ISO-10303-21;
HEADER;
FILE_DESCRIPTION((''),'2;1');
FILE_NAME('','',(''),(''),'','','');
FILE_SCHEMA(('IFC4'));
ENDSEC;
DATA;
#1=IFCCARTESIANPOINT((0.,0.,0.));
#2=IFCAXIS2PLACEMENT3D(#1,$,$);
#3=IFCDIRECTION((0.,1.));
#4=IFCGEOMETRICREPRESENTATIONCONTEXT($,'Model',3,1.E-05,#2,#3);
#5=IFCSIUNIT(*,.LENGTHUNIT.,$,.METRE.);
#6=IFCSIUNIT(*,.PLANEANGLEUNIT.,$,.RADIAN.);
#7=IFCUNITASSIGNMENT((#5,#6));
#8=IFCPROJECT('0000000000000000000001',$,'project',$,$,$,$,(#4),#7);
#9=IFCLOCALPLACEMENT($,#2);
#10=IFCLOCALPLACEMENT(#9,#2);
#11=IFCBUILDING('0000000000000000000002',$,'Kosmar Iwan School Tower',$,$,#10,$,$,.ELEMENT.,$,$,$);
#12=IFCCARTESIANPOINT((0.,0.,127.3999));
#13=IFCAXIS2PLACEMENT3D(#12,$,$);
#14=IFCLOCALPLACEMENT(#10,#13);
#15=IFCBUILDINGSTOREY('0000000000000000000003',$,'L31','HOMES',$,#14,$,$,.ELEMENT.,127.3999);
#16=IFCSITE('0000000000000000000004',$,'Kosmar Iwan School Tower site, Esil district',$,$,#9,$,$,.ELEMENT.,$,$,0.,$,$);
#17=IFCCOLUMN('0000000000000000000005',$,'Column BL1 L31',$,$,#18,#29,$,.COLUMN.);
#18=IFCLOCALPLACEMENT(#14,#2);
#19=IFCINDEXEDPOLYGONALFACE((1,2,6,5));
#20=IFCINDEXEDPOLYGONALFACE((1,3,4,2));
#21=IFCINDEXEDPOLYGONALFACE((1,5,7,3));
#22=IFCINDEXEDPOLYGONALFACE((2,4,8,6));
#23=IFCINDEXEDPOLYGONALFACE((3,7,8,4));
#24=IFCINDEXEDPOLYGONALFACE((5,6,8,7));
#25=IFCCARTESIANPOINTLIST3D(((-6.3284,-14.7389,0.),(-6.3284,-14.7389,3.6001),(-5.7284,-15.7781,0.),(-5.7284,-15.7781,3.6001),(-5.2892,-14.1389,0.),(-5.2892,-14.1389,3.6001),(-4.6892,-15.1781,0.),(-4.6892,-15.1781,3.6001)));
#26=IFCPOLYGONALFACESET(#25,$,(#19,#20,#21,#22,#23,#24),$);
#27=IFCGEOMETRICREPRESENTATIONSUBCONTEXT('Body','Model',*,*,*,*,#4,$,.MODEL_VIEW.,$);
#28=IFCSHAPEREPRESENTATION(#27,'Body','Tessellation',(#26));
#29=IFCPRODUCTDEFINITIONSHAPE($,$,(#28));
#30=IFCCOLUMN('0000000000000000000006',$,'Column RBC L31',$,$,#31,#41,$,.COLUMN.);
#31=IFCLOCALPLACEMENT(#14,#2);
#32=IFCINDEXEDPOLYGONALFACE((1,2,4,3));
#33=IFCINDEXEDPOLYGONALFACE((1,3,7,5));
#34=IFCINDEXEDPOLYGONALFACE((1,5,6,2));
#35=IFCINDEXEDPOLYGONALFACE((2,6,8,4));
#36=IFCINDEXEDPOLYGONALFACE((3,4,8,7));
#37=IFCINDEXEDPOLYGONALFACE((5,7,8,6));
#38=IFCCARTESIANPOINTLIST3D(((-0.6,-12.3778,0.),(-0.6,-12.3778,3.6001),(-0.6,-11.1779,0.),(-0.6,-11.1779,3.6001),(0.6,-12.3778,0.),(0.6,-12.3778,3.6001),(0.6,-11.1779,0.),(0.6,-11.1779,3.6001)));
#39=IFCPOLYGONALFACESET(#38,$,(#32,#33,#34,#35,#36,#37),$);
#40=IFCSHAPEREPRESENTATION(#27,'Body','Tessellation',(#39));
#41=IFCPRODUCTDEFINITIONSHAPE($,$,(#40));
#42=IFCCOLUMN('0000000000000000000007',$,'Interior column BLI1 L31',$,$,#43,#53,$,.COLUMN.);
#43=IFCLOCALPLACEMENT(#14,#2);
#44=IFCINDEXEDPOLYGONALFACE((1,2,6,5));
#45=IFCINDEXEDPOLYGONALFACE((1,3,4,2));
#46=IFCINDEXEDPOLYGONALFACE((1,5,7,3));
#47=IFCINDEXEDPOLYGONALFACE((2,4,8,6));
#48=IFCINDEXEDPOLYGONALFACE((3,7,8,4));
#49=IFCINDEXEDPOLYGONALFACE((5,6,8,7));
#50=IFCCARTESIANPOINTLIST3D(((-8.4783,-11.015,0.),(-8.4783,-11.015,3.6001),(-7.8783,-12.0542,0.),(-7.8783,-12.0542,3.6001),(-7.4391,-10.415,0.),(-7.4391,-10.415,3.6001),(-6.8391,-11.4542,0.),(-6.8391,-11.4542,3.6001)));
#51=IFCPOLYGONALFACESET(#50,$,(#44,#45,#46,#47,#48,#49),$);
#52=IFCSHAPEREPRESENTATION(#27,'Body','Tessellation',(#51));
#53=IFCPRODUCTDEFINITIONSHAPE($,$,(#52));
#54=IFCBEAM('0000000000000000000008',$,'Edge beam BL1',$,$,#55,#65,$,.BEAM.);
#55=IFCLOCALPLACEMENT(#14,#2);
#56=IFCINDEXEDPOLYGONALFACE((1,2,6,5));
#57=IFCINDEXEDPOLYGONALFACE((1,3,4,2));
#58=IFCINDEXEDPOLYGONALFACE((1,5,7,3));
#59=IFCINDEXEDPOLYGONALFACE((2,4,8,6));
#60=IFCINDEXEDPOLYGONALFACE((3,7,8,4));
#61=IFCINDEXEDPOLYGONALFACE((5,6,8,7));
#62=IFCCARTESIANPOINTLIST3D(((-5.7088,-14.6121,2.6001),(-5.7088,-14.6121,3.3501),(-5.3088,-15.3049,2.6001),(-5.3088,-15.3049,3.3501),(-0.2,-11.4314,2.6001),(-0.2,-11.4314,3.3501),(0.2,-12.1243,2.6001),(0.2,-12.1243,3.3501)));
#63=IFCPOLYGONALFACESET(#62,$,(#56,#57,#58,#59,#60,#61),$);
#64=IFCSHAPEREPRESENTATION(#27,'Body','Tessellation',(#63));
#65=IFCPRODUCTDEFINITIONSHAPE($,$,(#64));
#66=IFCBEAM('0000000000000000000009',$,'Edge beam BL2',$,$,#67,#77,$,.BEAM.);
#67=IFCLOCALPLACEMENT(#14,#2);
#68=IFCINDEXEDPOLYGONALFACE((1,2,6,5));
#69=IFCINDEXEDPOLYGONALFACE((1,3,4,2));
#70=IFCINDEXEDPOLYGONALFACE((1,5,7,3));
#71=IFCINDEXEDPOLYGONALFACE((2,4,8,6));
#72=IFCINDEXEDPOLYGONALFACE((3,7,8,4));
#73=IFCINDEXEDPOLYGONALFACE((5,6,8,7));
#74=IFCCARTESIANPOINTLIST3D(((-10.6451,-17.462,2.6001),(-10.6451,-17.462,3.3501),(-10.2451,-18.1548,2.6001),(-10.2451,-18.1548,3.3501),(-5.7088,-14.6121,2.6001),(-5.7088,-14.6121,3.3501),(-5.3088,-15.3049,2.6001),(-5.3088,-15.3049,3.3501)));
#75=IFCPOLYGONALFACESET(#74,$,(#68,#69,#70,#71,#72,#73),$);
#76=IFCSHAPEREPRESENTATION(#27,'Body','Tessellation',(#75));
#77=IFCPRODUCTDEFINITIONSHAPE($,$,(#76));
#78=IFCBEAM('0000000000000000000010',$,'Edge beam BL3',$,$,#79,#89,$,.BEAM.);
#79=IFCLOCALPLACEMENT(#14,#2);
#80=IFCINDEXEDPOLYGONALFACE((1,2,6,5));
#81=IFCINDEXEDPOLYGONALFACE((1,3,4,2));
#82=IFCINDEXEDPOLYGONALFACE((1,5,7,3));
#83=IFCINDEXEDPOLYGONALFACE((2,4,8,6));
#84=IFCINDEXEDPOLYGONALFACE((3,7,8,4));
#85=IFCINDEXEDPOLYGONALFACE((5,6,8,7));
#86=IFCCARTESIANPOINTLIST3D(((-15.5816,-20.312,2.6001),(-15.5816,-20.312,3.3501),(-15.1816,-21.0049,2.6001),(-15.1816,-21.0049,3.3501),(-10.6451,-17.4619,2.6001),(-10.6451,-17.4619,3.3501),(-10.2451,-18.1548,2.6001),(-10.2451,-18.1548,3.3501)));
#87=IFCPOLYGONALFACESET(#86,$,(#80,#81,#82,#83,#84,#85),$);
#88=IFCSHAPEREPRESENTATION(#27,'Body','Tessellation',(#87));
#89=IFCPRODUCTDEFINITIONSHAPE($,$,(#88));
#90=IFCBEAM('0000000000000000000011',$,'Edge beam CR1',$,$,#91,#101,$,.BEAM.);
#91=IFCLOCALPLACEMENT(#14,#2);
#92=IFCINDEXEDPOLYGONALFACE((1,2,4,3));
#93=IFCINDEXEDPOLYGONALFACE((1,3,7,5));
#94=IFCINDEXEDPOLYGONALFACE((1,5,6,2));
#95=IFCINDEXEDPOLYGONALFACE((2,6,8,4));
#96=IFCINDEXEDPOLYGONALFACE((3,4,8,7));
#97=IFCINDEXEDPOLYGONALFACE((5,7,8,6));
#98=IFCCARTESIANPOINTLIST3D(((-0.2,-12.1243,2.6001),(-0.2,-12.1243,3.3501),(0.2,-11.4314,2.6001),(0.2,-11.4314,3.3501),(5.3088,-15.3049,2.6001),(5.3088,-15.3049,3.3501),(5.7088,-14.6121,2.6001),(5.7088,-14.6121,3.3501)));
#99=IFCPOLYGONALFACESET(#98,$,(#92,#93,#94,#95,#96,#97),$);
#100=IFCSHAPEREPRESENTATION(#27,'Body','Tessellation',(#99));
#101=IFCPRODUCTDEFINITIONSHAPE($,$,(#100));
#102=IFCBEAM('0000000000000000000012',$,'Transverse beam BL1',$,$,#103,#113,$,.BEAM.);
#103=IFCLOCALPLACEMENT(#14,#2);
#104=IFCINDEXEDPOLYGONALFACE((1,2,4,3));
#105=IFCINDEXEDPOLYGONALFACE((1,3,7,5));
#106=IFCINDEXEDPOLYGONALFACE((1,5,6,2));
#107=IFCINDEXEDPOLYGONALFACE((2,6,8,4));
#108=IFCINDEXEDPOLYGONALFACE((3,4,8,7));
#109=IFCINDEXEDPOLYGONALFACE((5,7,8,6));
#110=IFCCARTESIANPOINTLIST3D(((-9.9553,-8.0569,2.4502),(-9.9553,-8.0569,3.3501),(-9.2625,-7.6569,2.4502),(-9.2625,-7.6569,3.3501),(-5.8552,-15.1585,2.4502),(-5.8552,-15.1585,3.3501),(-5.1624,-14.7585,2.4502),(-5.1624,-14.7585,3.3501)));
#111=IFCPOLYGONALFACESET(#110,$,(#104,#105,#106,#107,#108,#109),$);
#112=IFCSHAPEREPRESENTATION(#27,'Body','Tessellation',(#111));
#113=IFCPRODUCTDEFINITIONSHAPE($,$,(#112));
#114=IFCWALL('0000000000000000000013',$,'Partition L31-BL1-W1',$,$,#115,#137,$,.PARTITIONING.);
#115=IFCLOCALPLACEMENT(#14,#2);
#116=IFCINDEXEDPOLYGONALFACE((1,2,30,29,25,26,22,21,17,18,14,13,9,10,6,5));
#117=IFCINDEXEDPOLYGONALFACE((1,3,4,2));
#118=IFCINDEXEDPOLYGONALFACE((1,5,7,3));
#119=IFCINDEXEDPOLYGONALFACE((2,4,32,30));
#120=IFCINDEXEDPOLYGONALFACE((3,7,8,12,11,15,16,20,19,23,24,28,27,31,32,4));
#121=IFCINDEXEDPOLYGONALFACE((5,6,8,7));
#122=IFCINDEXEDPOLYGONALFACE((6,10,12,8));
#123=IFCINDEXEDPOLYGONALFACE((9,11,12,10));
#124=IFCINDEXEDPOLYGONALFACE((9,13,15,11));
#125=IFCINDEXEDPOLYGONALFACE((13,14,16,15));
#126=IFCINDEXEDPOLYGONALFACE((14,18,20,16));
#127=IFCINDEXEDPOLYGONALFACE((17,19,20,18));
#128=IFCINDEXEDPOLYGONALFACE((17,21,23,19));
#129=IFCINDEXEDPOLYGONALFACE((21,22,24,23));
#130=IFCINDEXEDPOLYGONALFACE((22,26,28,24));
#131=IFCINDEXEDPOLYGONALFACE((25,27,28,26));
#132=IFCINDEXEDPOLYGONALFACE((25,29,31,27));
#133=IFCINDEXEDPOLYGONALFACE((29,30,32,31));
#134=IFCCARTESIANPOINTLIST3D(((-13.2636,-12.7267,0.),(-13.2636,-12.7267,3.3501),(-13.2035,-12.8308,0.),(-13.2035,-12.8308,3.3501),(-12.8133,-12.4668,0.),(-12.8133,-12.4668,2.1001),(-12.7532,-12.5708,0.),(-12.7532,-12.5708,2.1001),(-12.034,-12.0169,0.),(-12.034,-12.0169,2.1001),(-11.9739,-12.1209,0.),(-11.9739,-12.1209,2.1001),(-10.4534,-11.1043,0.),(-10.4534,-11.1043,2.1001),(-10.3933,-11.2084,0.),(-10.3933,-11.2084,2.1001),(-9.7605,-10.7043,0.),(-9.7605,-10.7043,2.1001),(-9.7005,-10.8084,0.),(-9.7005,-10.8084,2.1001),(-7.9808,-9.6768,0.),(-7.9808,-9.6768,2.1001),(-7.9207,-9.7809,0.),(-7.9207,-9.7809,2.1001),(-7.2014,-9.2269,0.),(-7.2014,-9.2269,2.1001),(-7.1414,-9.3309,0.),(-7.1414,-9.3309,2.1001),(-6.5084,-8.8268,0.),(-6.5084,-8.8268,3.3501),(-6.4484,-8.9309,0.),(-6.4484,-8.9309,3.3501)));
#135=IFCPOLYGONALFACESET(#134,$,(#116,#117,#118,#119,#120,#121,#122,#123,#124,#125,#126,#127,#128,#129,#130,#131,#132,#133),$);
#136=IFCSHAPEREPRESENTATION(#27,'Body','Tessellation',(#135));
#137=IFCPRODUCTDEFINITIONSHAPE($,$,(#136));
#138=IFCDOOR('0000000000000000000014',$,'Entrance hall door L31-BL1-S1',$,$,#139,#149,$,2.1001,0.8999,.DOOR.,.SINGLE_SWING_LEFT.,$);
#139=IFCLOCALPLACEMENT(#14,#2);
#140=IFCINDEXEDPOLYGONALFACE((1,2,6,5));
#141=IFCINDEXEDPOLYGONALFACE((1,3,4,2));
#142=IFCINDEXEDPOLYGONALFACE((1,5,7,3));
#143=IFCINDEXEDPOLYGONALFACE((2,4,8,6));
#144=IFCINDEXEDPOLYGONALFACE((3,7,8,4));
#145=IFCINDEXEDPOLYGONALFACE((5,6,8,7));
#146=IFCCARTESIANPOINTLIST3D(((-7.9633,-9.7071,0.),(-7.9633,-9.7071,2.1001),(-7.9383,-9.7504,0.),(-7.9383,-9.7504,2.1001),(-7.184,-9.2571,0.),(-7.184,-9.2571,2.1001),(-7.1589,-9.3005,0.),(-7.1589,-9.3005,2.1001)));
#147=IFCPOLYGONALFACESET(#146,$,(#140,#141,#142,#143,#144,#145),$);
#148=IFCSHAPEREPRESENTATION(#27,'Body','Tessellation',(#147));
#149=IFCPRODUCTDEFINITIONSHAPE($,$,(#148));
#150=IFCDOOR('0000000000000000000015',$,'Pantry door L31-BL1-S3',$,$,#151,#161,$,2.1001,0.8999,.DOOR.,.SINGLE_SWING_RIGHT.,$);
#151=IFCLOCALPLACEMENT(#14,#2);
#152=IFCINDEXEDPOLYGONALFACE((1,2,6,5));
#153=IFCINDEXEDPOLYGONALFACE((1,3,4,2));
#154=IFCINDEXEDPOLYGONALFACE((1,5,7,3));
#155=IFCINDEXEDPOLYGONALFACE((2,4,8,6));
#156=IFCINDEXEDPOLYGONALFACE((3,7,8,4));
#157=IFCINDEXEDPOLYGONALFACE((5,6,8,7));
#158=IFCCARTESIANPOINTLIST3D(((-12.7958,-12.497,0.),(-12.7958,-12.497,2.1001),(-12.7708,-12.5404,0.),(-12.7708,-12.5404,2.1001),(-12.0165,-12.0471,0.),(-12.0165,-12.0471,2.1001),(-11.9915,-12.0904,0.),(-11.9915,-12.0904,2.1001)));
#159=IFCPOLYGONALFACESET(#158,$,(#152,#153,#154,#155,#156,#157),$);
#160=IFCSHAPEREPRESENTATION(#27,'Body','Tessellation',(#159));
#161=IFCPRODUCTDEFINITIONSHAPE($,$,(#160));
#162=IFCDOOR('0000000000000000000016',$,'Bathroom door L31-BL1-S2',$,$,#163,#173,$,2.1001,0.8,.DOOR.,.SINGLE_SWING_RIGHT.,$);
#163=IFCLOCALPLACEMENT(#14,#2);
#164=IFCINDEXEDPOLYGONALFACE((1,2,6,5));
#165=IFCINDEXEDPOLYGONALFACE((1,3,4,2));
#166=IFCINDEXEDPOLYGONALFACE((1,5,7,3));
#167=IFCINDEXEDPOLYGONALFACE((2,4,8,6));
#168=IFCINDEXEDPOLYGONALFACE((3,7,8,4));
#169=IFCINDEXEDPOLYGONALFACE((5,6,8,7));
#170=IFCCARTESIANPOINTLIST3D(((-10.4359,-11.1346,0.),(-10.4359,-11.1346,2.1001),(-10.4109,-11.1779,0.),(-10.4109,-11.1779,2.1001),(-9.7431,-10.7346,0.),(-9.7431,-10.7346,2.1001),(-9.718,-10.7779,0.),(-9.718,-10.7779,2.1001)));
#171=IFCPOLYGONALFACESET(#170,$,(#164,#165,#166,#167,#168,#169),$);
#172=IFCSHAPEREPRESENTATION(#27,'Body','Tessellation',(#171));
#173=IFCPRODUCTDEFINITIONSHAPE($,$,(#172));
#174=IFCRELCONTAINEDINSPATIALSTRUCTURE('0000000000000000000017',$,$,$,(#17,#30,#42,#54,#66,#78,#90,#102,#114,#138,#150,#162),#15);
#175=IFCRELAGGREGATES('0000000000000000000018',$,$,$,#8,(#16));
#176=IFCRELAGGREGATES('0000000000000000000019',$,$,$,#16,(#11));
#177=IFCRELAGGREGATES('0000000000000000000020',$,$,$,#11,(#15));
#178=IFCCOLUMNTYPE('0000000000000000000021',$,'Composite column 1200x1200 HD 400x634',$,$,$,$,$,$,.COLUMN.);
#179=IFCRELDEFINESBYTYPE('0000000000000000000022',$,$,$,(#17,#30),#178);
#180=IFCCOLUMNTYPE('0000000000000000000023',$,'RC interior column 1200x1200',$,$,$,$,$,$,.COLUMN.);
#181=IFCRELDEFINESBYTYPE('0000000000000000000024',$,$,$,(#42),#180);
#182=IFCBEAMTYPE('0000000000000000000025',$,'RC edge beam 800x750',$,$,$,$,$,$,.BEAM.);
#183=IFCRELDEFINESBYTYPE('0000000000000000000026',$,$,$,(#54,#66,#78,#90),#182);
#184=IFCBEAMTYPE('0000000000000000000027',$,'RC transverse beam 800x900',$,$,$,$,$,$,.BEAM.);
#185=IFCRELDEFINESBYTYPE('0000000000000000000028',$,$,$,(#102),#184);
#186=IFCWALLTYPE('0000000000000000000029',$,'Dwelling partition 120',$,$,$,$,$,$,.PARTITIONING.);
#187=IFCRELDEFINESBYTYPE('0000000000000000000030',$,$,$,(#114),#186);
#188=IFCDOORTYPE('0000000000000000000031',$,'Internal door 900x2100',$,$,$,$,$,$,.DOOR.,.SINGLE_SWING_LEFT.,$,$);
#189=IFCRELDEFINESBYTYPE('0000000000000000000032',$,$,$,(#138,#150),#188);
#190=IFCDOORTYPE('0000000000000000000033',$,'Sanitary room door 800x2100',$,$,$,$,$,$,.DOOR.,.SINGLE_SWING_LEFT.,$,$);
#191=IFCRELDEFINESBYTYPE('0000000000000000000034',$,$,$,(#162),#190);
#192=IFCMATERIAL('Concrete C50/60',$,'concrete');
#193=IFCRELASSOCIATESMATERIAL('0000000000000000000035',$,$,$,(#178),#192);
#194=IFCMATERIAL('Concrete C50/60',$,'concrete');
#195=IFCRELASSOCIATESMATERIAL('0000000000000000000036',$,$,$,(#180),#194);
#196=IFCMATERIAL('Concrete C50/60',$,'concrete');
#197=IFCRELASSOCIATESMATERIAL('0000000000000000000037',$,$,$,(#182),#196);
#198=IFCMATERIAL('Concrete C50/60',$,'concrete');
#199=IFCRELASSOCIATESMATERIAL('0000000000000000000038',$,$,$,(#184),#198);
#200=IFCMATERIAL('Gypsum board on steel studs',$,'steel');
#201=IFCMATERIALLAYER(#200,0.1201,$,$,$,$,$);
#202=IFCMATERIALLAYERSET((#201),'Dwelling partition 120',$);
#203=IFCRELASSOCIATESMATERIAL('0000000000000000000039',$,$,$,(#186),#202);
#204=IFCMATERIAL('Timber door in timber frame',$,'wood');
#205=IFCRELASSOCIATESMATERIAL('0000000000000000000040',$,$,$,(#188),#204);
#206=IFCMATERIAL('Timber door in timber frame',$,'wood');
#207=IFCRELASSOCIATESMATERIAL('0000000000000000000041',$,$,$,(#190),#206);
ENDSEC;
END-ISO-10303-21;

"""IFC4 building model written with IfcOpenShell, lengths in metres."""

from ifc_helpers import new_model, si_unit, direction, frame, frame_2d, origin, origin_2d, place, context, subcontext, project, spatial, rectangle, extrude, material, layer, layer_set, material_profile, profile_set, type_object, element, fill, save


model = new_model("IFC4")

# Units and contexts
model_context = context("Model", 3, precision=1e-05, world=origin(), true_north=direction((0.0, 1.0)))
body_context = subcontext(model_context, "Body", "Model", "MODEL_VIEW")
ifc_project = project(units=[si_unit("LENGTHUNIT", "METRE"), si_unit("PLANEANGLEUNIT", "RADIAN")], contexts=[model_context])

# Site, building, storey
site_placement = place(None, origin())
site = spatial("IfcSite", under=ifc_project, at=site_placement, Name="Kosmar Iwan School Tower site, Esil district", CompositionType="ELEMENT", RefElevation=0.0)
building_placement = place(site_placement, origin())
building = spatial("IfcBuilding", under=site, at=building_placement, Name="Kosmar Iwan School Tower", CompositionType="ELEMENT")
storey_placement = place(building_placement, frame((0.0, 0.0, 127.3999)))
storey = spatial("IfcBuildingStorey", under=building, at=storey_placement, Name="L31", Description="HOMES", CompositionType="ELEMENT", Elevation=127.3999)

# Columns
ifc_material_1 = material(Name="Concrete C50/60", Category="concrete")
ifc_material_profile_1 = material_profile(ifc_material_1, rectangle(XDim=1.2, YDim=1.2, at=origin_2d()), Name="RC 1200x1200 + HD 400x634")
ifc_profile_set_1 = profile_set([ifc_material_profile_1], Name="Concrete C50/60")
column_type_1 = type_object("IfcColumnType", Name="Composite column 1200x1200 HD 400x634", PredefinedType="COLUMN", material=ifc_profile_set_1)
for number, where, z_axis, x_axis, name in (
    (1, (-5.5088, -14.9585, 0.0), (0.0, 0.0, 1.0), (-0.866025, -0.5, 0.0), "Column BL1 L31"),
    (2, (0.0, -11.7778, 0.0), (0.0, 0.0, 1.0), (1.0, 0.0, 0.0), "Column RBC L31"),
):
    element("IfcColumn", number, at=place(storey_placement, frame(where, z_axis=z_axis, x_axis=x_axis)), inside=storey, type_object=column_type_1, Name=name, PredefinedType="COLUMN", context=body_context, shape_type="SweptSolid", body=[
        extrude(rectangle(XDim=1.2, YDim=1.2, at=origin_2d()), origin(), (0.0, 0.0, 1.0), 3.6001),
    ])
ifc_material_2 = material(Name="Concrete C50/60", Category="concrete")
ifc_material_profile_2 = material_profile(ifc_material_2, rectangle(XDim=1.2, YDim=1.2, at=origin_2d()), Name="RC 1200x1200")
ifc_profile_set_2 = profile_set([ifc_material_profile_2], Name="Concrete C50/60")
column_type_2 = type_object("IfcColumnType", Name="RC interior column 1200x1200", PredefinedType="COLUMN", material=ifc_profile_set_2)
column_placement = place(storey_placement, frame((-7.6587, -11.2346, 0.0), z_axis=(0.0, 0.0, 1.0), x_axis=(-0.866025, -0.5, 0.0)))
element("IfcColumn", 3, at=column_placement, inside=storey, type_object=column_type_2, Name="Interior column BLI1 L31", PredefinedType="COLUMN", context=body_context, shape_type="SweptSolid", body=[
    extrude(rectangle(XDim=1.2, YDim=1.2, at=origin_2d()), origin(), (0.0, 0.0, 1.0), 3.6001),
])

# Beams
ifc_material_3 = material(Name="Concrete C50/60", Category="concrete")
ifc_material_profile_3 = material_profile(ifc_material_3, rectangle(XDim=0.8, YDim=0.75, at=origin_2d()), Name="RC 800x750")
ifc_profile_set_3 = profile_set([ifc_material_profile_3], Name="Concrete C50/60")
beam_type_1 = type_object("IfcBeamType", Name="RC edge beam 800x750", PredefinedType="BEAM", material=ifc_profile_set_3)
beam_1_placement = place(storey_placement, frame((0.0, -11.7778, 2.9751), z_axis=(-0.866014, -0.500019, 0.0), x_axis=(0.500019, -0.866014, 0.0)))
element("IfcBeam", 4, at=beam_1_placement, inside=storey, type_object=beam_type_1, Name="Edge beam BL1", PredefinedType="BEAM", context=body_context, shape_type="SweptSolid", body=[
    extrude(rectangle(XDim=0.8, YDim=0.75, at=origin_2d()), origin(), (0.0, 0.0, 1.0), 6.3611),
])
beam_2_placement = place(storey_placement, frame((-5.5088, -14.9585, 2.9751), z_axis=(-0.866034, -0.499986, 0.0), x_axis=(0.499986, -0.866034, 0.0)))
element("IfcBeam", 5, at=beam_2_placement, inside=storey, type_object=beam_type_1, Name="Edge beam BL2", PredefinedType="BEAM", context=body_context, shape_type="SweptSolid", body=[
    extrude(rectangle(XDim=0.8, YDim=0.75, at=origin_2d()), origin(), (0.0, 0.0, 1.0), 5.7),
])
beam_3_placement = place(storey_placement, frame((-10.4451, -17.8083, 2.9751), z_axis=(-0.866026, -0.499999, 0.0), x_axis=(0.499999, -0.866026, 0.0)))
element("IfcBeam", 6, at=beam_3_placement, inside=storey, type_object=beam_type_1, Name="Edge beam BL3", PredefinedType="BEAM", context=body_context, shape_type="SweptSolid", body=[
    extrude(rectangle(XDim=0.8, YDim=0.75, at=origin_2d()), origin(), (0.0, 0.0, 1.0), 5.7002),
])
beam_4_placement = place(storey_placement, frame((0.0, -11.7778, 2.9751), z_axis=(0.866014, -0.500019, 0.0), x_axis=(0.500019, 0.866014, 0.0)))
element("IfcBeam", 7, at=beam_4_placement, inside=storey, type_object=beam_type_1, Name="Edge beam CR1", PredefinedType="BEAM", context=body_context, shape_type="SweptSolid", body=[
    extrude(rectangle(XDim=0.8, YDim=0.75, at=origin_2d()), origin(), (0.0, 0.0, 1.0), 6.3611),
])
ifc_material_4 = material(Name="Concrete C50/60", Category="concrete")
ifc_material_profile_4 = material_profile(ifc_material_4, rectangle(XDim=0.8, YDim=0.8999, at=origin_2d()), Name="RC 800x900")
ifc_profile_set_4 = profile_set([ifc_material_profile_4], Name="Concrete C50/60")
beam_type_2 = type_object("IfcBeamType", Name="RC transverse beam 800x900", PredefinedType="BEAM", material=ifc_profile_set_4)
beam_5_placement = place(storey_placement, frame((-5.5088, -14.9585, 2.9001), z_axis=(-0.500001, 0.866025, 0.0), x_axis=(-0.866025, -0.500001, 0.0)))
element("IfcBeam", 8, at=beam_5_placement, inside=storey, type_object=beam_type_2, Name="Transverse beam BL1", PredefinedType="BEAM", context=body_context, shape_type="SweptSolid", body=[
    extrude(rectangle(XDim=0.8, YDim=0.8999, at=origin_2d()), origin(), (0.0, 0.0, 1.0), 8.2002),
])

# Wall, openings, doors
ifc_material_5 = material(Name="Gypsum board on steel studs", Category="steel")
ifc_layer_1 = layer(ifc_material_5, 0.1201)
ifc_layer_set_1 = layer_set([ifc_layer_1], Name="Dwelling partition 120")
wall_type_1 = type_object("IfcWallType", Name="Dwelling partition 120", PredefinedType="PARTITIONING", material=ifc_layer_set_1)
wall_1_placement = place(storey_placement, frame((-6.4785, -8.8789, 0.0), z_axis=(0.0, 0.0, 1.0), x_axis=(-0.866035, -0.499983, 0.0)))
wall_1 = element("IfcWall", 9, at=wall_1_placement, inside=storey, type_object=wall_type_1, Name="Partition L31-BL1-W1", PredefinedType="PARTITIONING", context=body_context, shape_type="SweptSolid", body=[
    extrude(rectangle(XDim=7.8, YDim=0.1201, at=frame_2d((3.8999, 0.0))), origin(), (0.0, 0.0, 1.0), 3.3501),
])
opening_1_placement = place(wall_1_placement, frame((0.8, 0.0, 0.0)))
opening_1 = element("IfcOpeningElement", 10, at=opening_1_placement, cuts=wall_1, PredefinedType="OPENING", context=body_context, shape_type="SweptSolid", body=[
    extrude(rectangle(XDim=0.8999, YDim=2.1001, at=frame_2d((0.45, 1.05))), frame((0.0, 0.072, 0.0), z_axis=(0.0, -1.0, 0.0), x_axis=(1.0, 0.0, 0.0)), (0.0, 0.0, 1.0), 0.144),
])
opening_2_placement = place(wall_1_placement, frame((3.7551, 0.0, 0.0)))
opening_2 = element("IfcOpeningElement", 11, at=opening_2_placement, cuts=wall_1, PredefinedType="OPENING", context=body_context, shape_type="SweptSolid", body=[
    extrude(rectangle(XDim=0.8, YDim=2.1001, at=frame_2d((0.3999, 1.05))), frame((0.0, 0.072, 0.0), z_axis=(0.0, -1.0, 0.0), x_axis=(1.0, 0.0, 0.0)), (0.0, 0.0, 1.0), 0.144),
])
opening_3_placement = place(wall_1_placement, frame((6.3801, 0.0, 0.0)))
opening_3 = element("IfcOpeningElement", 12, at=opening_3_placement, cuts=wall_1, PredefinedType="OPENING", context=body_context, shape_type="SweptSolid", body=[
    extrude(rectangle(XDim=0.8999, YDim=2.1001, at=frame_2d((0.45, 1.05))), frame((0.0, 0.072, 0.0), z_axis=(0.0, -1.0, 0.0), x_axis=(1.0, 0.0, 0.0)), (0.0, 0.0, 1.0), 0.144),
])
ifc_material_6 = material(Name="Timber door in timber frame", Category="wood")
door_type_1 = type_object("IfcDoorType", Name="Internal door 900x2100", OperationType="SINGLE_SWING_LEFT", PredefinedType="DOOR", material=ifc_material_6)
door_1_placement = place(opening_1_placement, origin())
door_1 = element("IfcDoor", 13, at=door_1_placement, inside=storey, type_object=door_type_1, Name="Entrance hall door L31-BL1-S1", OperationType="SINGLE_SWING_LEFT", OverallHeight=2.1001, OverallWidth=0.8999, PredefinedType="DOOR", context=body_context, shape_type="SweptSolid", body=[
    extrude(rectangle(XDim=0.8999, YDim=2.1001, at=frame_2d((0.45, 1.05))), frame((0.0, 0.0249, 0.0), z_axis=(0.0, -1.0, 0.0), x_axis=(1.0, 0.0, 0.0)), (0.0, 0.0, 1.0), 0.05),
])
fill(opening_1, door_1)
door_2_placement = place(opening_3_placement, origin())
door_2 = element("IfcDoor", 14, at=door_2_placement, inside=storey, type_object=door_type_1, Name="Pantry door L31-BL1-S3", OperationType="SINGLE_SWING_RIGHT", OverallHeight=2.1001, OverallWidth=0.8999, PredefinedType="DOOR", context=body_context, shape_type="SweptSolid", body=[
    extrude(rectangle(XDim=0.8999, YDim=2.1001, at=frame_2d((0.45, 1.05))), frame((0.0, 0.0249, 0.0), z_axis=(0.0, -1.0, 0.0), x_axis=(1.0, 0.0, 0.0)), (0.0, 0.0, 1.0), 0.05),
])
fill(opening_3, door_2)
ifc_material_7 = material(Name="Timber door in timber frame", Category="wood")
door_type_2 = type_object("IfcDoorType", Name="Sanitary room door 800x2100", OperationType="SINGLE_SWING_LEFT", PredefinedType="DOOR", material=ifc_material_7)
door_3_placement = place(opening_2_placement, origin())
door_3 = element("IfcDoor", 15, at=door_3_placement, inside=storey, type_object=door_type_2, Name="Bathroom door L31-BL1-S2", OperationType="SINGLE_SWING_RIGHT", OverallHeight=2.1001, OverallWidth=0.8, PredefinedType="DOOR", context=body_context, shape_type="SweptSolid", body=[
    extrude(rectangle(XDim=0.8, YDim=2.1001, at=frame_2d((0.3999, 1.05))), frame((0.0, 0.0249, 0.0), z_axis=(0.0, -1.0, 0.0), x_axis=(1.0, 0.0, 0.0)), (0.0, 0.0, 1.0), 0.05),
])
fill(opening_2, door_3)

save(model, "model.ifc")
